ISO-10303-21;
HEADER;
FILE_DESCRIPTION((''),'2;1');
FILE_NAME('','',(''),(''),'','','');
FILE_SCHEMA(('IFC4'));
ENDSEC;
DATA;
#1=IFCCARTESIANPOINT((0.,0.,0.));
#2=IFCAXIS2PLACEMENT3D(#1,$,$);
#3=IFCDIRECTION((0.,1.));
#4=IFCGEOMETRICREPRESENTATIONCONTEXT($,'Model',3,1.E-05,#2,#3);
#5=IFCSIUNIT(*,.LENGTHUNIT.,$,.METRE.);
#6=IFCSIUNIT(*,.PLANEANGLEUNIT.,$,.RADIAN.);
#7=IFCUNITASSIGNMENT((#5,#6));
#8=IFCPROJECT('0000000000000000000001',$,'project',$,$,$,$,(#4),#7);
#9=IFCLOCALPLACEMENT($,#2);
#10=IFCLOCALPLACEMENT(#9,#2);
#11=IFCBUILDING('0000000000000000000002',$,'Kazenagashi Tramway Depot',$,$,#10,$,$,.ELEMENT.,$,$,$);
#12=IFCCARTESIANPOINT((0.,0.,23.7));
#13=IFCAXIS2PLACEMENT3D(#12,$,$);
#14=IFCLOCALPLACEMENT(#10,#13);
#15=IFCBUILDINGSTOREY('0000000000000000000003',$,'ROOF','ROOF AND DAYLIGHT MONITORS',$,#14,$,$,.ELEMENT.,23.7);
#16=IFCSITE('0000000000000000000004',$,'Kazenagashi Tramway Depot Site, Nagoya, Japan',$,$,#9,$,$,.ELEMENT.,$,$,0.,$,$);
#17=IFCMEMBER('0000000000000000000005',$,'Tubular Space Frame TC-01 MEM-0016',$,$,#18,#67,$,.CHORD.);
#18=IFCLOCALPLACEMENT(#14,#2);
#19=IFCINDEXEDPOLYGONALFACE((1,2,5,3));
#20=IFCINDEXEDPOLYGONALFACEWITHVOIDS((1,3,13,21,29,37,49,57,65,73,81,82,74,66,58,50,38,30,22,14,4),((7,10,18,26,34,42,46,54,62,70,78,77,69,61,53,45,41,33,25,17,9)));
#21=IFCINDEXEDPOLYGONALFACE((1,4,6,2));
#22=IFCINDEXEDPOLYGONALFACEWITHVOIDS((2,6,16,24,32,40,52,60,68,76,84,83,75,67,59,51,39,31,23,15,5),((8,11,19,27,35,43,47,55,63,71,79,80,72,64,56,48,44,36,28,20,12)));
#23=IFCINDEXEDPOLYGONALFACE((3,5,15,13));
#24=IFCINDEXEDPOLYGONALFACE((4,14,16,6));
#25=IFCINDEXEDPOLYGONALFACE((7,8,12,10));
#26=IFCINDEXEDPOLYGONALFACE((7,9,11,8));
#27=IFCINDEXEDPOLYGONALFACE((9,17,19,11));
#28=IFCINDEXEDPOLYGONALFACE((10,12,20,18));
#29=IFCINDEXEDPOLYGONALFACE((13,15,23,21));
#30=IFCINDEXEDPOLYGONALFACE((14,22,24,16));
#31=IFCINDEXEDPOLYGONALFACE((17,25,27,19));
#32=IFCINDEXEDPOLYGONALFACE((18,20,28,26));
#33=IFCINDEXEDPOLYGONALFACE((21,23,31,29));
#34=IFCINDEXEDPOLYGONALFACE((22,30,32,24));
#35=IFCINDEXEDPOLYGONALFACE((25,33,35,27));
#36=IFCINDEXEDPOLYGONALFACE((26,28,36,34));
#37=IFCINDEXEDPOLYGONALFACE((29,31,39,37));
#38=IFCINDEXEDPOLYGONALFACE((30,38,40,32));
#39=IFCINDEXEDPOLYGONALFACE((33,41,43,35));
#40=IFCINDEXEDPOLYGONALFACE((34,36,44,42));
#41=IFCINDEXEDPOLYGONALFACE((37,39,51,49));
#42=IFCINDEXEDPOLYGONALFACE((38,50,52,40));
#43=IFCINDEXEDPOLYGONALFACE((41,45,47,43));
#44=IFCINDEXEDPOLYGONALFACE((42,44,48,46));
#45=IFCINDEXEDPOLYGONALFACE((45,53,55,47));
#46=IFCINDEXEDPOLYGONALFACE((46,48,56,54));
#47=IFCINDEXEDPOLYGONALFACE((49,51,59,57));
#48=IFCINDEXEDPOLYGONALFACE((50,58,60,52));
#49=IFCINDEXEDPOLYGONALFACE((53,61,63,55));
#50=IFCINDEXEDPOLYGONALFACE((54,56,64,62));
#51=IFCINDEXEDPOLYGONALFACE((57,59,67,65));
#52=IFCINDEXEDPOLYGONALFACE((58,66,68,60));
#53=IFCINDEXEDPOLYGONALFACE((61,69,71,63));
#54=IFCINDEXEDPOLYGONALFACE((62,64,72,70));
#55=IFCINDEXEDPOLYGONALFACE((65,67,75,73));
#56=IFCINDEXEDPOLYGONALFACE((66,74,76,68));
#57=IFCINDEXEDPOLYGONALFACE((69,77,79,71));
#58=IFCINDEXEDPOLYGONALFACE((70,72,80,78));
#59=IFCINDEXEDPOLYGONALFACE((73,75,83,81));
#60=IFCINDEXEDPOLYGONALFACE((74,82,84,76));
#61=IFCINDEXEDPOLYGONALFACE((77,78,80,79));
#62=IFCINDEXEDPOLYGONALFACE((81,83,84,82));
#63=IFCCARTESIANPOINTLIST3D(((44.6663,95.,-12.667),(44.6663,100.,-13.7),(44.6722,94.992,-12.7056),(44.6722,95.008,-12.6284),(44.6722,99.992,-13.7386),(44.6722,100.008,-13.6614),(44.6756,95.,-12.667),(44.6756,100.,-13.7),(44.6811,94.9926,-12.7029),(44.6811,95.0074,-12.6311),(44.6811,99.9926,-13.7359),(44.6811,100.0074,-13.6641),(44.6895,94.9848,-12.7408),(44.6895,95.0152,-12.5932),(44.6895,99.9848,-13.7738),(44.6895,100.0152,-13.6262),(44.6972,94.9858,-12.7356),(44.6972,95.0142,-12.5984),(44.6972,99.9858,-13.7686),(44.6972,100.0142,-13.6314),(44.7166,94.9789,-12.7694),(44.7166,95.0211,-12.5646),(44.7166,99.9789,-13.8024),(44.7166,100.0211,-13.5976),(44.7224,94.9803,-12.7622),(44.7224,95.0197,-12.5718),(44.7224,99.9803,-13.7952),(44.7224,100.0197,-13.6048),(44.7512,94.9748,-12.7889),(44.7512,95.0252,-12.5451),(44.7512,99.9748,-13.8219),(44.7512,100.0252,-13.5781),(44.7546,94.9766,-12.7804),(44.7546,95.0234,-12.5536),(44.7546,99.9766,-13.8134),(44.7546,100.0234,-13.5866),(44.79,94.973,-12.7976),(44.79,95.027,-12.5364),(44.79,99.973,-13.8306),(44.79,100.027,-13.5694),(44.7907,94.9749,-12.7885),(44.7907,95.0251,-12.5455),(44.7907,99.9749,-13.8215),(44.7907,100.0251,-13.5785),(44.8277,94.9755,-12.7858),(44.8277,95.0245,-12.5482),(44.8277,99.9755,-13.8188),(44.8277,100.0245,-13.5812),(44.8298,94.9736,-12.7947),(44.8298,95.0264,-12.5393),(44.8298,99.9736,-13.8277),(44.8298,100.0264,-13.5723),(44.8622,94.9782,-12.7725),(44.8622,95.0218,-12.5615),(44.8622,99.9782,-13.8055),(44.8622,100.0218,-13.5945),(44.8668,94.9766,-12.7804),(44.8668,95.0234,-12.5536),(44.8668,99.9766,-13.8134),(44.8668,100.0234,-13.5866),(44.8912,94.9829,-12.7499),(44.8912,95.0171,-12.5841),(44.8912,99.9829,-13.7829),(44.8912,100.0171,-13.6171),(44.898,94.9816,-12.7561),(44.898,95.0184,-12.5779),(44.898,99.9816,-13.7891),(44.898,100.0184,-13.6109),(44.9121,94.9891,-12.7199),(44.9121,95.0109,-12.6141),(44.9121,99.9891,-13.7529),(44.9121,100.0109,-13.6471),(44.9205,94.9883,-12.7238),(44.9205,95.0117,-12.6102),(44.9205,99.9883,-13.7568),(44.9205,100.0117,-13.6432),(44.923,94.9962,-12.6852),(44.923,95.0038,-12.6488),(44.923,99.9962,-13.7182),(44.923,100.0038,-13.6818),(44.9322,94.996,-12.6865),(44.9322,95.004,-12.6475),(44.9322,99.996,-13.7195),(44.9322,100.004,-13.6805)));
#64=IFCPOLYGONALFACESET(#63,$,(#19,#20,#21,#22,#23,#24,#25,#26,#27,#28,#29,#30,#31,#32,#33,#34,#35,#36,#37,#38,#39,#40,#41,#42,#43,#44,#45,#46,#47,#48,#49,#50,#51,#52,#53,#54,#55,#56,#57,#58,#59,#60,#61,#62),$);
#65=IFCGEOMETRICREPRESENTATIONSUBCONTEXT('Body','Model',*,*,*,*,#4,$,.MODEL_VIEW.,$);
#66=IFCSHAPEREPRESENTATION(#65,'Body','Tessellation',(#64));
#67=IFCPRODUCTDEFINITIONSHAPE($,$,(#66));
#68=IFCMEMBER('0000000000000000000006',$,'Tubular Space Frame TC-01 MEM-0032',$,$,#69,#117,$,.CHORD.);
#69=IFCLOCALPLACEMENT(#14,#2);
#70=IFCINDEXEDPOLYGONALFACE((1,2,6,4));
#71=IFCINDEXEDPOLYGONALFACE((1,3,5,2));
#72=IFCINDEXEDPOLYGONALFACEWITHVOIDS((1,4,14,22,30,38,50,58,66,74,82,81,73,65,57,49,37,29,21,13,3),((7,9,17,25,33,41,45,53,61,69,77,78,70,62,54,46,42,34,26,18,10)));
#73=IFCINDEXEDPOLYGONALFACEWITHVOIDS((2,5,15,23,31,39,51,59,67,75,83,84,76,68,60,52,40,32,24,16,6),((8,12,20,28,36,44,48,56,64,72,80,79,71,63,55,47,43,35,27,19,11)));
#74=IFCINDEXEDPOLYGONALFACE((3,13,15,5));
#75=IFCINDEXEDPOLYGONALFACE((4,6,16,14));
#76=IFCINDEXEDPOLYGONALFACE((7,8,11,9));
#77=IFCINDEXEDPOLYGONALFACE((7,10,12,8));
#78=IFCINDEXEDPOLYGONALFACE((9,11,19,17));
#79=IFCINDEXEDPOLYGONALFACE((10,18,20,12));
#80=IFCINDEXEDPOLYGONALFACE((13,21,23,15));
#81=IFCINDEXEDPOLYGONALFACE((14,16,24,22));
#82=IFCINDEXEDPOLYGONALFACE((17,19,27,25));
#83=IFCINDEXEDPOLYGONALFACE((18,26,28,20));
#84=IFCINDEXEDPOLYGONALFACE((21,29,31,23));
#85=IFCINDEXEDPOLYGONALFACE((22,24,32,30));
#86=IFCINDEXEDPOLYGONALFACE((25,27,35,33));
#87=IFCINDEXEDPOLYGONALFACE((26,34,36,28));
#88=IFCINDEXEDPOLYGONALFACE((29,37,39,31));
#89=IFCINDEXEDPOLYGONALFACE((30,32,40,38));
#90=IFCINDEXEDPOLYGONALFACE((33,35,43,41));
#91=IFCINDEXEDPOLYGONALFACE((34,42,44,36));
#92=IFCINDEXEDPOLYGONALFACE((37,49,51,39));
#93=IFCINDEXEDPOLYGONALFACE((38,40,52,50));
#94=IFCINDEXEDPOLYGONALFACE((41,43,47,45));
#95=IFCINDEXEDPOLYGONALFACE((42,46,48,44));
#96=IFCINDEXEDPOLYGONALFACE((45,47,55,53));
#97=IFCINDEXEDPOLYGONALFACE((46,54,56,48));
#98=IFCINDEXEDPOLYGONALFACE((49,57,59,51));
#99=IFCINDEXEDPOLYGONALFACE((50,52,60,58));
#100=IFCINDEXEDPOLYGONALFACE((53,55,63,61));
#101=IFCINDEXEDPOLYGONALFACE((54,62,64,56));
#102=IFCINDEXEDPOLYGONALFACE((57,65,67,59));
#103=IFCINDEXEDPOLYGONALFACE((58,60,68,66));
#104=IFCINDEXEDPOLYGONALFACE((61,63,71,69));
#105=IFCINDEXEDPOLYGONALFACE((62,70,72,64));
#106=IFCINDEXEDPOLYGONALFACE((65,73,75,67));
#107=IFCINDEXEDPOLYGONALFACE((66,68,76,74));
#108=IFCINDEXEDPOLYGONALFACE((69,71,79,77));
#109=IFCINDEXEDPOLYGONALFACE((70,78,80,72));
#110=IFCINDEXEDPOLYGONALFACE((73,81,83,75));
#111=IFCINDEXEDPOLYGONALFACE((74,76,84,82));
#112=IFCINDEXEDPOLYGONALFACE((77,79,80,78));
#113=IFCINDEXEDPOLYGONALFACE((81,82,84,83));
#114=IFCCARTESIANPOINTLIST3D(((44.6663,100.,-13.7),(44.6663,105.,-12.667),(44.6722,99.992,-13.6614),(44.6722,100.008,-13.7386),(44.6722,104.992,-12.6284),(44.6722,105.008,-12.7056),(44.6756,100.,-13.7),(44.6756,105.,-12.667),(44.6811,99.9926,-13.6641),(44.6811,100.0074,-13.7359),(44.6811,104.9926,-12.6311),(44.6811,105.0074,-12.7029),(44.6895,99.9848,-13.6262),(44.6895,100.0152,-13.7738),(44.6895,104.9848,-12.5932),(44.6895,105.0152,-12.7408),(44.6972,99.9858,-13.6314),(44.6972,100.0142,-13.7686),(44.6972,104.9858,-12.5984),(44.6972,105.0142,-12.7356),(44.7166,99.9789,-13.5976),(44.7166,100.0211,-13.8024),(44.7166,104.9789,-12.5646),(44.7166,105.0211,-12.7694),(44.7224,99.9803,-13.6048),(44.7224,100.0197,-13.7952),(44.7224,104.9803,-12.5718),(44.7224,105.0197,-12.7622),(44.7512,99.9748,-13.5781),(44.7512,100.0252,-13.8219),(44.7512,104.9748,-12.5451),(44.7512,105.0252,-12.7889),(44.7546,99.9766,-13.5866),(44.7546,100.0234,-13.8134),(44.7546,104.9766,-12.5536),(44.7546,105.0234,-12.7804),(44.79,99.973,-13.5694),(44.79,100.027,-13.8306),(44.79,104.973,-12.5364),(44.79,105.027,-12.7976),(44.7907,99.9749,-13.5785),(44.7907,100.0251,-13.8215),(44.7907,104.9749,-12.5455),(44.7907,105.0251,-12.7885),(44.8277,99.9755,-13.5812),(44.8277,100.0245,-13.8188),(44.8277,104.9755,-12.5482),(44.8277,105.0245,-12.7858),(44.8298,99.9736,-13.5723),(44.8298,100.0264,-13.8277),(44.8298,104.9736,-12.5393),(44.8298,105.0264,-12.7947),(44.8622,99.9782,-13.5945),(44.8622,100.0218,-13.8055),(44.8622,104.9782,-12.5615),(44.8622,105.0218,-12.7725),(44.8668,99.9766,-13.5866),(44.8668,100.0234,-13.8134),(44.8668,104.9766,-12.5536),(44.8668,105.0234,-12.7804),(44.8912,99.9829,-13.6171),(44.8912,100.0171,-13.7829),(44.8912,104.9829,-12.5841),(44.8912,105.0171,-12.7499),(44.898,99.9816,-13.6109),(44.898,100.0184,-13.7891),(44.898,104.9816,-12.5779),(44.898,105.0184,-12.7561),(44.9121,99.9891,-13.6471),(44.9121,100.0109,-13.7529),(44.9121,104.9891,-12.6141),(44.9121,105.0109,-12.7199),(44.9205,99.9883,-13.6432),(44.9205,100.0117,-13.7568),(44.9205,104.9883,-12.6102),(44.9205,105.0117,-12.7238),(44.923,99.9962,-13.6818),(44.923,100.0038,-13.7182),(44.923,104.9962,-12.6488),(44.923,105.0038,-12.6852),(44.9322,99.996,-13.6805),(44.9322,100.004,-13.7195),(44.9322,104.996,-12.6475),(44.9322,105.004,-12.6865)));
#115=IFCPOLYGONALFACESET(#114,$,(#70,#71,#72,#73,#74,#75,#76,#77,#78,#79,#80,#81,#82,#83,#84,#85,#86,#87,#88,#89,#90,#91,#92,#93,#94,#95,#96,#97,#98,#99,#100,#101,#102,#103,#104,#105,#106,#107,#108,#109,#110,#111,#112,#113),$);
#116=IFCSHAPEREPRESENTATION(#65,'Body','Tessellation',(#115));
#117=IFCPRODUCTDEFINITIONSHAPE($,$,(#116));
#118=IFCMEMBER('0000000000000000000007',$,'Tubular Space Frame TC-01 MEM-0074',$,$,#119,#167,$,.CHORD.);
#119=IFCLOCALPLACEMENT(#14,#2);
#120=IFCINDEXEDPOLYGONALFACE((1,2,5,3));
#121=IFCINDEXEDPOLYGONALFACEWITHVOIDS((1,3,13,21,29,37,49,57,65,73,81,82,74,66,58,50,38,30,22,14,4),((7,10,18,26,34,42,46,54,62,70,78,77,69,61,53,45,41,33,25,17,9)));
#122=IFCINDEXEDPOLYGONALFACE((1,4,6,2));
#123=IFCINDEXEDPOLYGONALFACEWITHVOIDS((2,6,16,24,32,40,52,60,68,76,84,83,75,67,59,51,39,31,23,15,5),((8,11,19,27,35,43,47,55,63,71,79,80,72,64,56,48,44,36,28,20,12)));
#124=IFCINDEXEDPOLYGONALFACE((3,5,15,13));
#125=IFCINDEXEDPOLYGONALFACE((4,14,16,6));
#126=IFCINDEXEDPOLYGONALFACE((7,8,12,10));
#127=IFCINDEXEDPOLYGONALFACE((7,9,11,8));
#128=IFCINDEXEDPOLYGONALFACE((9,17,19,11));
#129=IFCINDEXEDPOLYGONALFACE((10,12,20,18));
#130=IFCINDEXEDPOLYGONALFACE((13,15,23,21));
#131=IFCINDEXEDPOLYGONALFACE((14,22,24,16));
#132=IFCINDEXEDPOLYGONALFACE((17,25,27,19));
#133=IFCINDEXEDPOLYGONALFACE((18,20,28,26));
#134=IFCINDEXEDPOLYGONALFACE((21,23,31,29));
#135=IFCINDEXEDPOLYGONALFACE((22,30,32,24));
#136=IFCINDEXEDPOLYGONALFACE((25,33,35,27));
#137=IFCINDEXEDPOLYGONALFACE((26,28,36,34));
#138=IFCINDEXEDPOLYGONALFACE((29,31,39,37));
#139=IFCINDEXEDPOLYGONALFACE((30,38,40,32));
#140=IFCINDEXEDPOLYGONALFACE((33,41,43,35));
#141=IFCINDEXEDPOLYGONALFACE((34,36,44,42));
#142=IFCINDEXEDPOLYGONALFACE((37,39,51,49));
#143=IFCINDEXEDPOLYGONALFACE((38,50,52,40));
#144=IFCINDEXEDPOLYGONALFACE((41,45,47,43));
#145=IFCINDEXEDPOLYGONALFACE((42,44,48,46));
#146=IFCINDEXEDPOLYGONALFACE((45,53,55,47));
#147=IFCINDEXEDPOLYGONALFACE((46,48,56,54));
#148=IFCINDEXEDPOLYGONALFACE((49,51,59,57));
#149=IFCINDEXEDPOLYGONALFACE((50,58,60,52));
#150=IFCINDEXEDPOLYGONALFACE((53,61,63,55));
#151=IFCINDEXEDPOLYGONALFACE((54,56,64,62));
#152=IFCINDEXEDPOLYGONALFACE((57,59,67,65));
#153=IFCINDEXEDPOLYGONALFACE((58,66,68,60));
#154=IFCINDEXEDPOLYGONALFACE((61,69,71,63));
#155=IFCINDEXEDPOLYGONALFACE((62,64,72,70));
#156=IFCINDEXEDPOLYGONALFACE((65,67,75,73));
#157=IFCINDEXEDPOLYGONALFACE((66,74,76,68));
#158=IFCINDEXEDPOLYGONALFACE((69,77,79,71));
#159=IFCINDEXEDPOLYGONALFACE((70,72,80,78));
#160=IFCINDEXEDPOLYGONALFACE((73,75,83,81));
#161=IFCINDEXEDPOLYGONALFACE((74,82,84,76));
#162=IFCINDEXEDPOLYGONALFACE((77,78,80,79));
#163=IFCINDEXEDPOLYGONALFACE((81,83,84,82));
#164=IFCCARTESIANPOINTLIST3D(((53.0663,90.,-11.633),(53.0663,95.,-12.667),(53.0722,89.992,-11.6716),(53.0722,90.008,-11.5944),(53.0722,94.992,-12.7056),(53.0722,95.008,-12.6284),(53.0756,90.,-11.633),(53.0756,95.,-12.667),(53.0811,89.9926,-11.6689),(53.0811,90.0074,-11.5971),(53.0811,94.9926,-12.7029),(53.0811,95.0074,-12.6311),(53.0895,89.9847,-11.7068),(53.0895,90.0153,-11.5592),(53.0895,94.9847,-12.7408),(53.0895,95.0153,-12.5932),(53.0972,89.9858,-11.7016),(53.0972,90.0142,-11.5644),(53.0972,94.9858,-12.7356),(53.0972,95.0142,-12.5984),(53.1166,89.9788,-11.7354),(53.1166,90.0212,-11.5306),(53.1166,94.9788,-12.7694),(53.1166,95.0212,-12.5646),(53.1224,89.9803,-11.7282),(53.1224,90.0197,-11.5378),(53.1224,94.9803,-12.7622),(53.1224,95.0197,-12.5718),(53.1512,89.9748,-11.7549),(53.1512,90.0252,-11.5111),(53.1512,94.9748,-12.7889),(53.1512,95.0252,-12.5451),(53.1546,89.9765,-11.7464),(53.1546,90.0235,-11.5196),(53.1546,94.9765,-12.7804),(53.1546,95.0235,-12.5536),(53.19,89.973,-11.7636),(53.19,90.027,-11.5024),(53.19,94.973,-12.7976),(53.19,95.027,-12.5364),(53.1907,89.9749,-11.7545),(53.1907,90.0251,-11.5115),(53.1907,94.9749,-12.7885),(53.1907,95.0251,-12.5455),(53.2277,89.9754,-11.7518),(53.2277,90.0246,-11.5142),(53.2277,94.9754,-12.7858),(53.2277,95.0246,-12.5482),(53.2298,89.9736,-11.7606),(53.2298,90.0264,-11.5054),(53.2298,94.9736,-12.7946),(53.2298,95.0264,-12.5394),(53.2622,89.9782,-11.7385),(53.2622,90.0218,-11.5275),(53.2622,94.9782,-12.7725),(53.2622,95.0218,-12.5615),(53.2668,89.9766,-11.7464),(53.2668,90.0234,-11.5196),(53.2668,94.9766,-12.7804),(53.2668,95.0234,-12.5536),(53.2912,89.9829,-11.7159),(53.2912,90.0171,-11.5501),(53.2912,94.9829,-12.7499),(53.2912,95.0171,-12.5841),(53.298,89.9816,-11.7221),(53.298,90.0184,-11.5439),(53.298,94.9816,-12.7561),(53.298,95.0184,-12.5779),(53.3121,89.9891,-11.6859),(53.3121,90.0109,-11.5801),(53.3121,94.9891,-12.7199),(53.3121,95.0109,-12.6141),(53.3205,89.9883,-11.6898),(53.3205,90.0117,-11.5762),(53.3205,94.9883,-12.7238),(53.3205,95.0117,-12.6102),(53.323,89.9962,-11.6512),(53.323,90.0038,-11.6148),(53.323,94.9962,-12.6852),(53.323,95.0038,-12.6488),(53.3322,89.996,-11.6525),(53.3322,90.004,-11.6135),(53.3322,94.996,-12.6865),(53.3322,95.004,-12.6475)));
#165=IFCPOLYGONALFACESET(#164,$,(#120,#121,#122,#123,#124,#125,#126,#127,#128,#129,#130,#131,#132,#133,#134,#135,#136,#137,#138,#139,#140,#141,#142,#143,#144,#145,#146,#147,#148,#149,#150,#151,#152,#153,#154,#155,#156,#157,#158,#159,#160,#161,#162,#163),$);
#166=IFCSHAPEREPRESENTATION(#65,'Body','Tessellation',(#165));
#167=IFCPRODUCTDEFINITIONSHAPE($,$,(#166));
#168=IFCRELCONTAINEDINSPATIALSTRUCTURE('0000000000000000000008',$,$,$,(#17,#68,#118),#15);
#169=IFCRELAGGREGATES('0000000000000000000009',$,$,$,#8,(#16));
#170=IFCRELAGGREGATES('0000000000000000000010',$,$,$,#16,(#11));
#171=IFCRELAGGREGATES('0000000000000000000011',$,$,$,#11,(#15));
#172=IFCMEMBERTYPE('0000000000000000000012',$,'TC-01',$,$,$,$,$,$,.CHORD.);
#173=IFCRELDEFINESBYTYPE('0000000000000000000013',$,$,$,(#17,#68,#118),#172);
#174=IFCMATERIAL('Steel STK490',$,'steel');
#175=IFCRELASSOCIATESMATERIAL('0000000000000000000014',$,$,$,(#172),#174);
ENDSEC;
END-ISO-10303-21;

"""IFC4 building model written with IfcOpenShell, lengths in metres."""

from ifc_helpers import new_model, si_unit, direction, frame, origin, origin_2d, place, context, subcontext, project, spatial, hollow_circle, extrude, material, material_profile, profile_set, type_object, element, save


model = new_model("IFC4")

# Units and contexts
model_context = context("Model", 3, precision=1e-05, world=origin(), true_north=direction((0.0, 1.0)))
body_context = subcontext(model_context, "Body", "Model", "MODEL_VIEW")
ifc_project = project(units=[si_unit("LENGTHUNIT", "METRE"), si_unit("PLANEANGLEUNIT", "RADIAN")], contexts=[model_context])

# Site, building, storey
site_placement = place(None, origin())
site = spatial("IfcSite", under=ifc_project, at=site_placement, Name="Kazenagashi Tramway Depot Site, Nagoya, Japan", CompositionType="ELEMENT", RefElevation=0.0)
building_placement = place(site_placement, origin())
building = spatial("IfcBuilding", under=site, at=building_placement, Name="Kazenagashi Tramway Depot", CompositionType="ELEMENT")
storey_placement = place(building_placement, frame((0.0, 0.0, 23.7)))
storey = spatial("IfcBuildingStorey", under=building, at=storey_placement, Name="ROOF", Description="ROOF AND DAYLIGHT MONITORS", CompositionType="ELEMENT", Elevation=23.7)

# Members
ifc_material_1 = material(Name="Steel STK490", Category="steel")
ifc_material_profile_1 = material_profile(ifc_material_1, hollow_circle(Radius=0.1337, WallThickness=0.0093, at=origin_2d()), Name="CHS-267.4x9.3")
ifc_profile_set_1 = profile_set([ifc_material_profile_1], Name="Steel STK490")
member_type_1 = type_object("IfcMemberType", Name="TC-01", PredefinedType="CHORD", material=ifc_profile_set_1)
for number, where, z_axis, x_axis, name in (
    (1, (44.8, 95.0, -12.667), (0.0, 0.979318, -0.202327), (-1.0, 0.0, 0.0), "Tubular Space Frame TC-01 MEM-0016"),
    (2, (44.8, 100.0, -13.7), (0.0, 0.979318, 0.202327), (-1.0, 0.0, 0.0), "Tubular Space Frame TC-01 MEM-0032"),
):
    element("IfcMember", number, at=place(storey_placement, frame(where, z_axis=z_axis, x_axis=x_axis)), inside=storey, type_object=member_type_1, Name=name, PredefinedType="CHORD", context=body_context, shape_type="SweptSolid", body=[
        extrude(hollow_circle(Radius=0.1337, WallThickness=0.0093, at=origin_2d()), origin(), (0.0, 0.0, 1.0), 5.1056),
    ])
member_1_placement = place(storey_placement, frame((53.2, 90.0, -11.633), z_axis=(0.0, 0.979279, -0.202515), x_axis=(-1.0, 0.0, 0.0)))
element("IfcMember", 3, at=member_1_placement, inside=storey, type_object=member_type_1, Name="Tubular Space Frame TC-01 MEM-0074", PredefinedType="CHORD", context=body_context, shape_type="SweptSolid", body=[
    extrude(hollow_circle(Radius=0.1337, WallThickness=0.0093, at=origin_2d()), origin(), (0.0, 0.0, 1.0), 5.1058),
])

save(model, "model.ifc")
